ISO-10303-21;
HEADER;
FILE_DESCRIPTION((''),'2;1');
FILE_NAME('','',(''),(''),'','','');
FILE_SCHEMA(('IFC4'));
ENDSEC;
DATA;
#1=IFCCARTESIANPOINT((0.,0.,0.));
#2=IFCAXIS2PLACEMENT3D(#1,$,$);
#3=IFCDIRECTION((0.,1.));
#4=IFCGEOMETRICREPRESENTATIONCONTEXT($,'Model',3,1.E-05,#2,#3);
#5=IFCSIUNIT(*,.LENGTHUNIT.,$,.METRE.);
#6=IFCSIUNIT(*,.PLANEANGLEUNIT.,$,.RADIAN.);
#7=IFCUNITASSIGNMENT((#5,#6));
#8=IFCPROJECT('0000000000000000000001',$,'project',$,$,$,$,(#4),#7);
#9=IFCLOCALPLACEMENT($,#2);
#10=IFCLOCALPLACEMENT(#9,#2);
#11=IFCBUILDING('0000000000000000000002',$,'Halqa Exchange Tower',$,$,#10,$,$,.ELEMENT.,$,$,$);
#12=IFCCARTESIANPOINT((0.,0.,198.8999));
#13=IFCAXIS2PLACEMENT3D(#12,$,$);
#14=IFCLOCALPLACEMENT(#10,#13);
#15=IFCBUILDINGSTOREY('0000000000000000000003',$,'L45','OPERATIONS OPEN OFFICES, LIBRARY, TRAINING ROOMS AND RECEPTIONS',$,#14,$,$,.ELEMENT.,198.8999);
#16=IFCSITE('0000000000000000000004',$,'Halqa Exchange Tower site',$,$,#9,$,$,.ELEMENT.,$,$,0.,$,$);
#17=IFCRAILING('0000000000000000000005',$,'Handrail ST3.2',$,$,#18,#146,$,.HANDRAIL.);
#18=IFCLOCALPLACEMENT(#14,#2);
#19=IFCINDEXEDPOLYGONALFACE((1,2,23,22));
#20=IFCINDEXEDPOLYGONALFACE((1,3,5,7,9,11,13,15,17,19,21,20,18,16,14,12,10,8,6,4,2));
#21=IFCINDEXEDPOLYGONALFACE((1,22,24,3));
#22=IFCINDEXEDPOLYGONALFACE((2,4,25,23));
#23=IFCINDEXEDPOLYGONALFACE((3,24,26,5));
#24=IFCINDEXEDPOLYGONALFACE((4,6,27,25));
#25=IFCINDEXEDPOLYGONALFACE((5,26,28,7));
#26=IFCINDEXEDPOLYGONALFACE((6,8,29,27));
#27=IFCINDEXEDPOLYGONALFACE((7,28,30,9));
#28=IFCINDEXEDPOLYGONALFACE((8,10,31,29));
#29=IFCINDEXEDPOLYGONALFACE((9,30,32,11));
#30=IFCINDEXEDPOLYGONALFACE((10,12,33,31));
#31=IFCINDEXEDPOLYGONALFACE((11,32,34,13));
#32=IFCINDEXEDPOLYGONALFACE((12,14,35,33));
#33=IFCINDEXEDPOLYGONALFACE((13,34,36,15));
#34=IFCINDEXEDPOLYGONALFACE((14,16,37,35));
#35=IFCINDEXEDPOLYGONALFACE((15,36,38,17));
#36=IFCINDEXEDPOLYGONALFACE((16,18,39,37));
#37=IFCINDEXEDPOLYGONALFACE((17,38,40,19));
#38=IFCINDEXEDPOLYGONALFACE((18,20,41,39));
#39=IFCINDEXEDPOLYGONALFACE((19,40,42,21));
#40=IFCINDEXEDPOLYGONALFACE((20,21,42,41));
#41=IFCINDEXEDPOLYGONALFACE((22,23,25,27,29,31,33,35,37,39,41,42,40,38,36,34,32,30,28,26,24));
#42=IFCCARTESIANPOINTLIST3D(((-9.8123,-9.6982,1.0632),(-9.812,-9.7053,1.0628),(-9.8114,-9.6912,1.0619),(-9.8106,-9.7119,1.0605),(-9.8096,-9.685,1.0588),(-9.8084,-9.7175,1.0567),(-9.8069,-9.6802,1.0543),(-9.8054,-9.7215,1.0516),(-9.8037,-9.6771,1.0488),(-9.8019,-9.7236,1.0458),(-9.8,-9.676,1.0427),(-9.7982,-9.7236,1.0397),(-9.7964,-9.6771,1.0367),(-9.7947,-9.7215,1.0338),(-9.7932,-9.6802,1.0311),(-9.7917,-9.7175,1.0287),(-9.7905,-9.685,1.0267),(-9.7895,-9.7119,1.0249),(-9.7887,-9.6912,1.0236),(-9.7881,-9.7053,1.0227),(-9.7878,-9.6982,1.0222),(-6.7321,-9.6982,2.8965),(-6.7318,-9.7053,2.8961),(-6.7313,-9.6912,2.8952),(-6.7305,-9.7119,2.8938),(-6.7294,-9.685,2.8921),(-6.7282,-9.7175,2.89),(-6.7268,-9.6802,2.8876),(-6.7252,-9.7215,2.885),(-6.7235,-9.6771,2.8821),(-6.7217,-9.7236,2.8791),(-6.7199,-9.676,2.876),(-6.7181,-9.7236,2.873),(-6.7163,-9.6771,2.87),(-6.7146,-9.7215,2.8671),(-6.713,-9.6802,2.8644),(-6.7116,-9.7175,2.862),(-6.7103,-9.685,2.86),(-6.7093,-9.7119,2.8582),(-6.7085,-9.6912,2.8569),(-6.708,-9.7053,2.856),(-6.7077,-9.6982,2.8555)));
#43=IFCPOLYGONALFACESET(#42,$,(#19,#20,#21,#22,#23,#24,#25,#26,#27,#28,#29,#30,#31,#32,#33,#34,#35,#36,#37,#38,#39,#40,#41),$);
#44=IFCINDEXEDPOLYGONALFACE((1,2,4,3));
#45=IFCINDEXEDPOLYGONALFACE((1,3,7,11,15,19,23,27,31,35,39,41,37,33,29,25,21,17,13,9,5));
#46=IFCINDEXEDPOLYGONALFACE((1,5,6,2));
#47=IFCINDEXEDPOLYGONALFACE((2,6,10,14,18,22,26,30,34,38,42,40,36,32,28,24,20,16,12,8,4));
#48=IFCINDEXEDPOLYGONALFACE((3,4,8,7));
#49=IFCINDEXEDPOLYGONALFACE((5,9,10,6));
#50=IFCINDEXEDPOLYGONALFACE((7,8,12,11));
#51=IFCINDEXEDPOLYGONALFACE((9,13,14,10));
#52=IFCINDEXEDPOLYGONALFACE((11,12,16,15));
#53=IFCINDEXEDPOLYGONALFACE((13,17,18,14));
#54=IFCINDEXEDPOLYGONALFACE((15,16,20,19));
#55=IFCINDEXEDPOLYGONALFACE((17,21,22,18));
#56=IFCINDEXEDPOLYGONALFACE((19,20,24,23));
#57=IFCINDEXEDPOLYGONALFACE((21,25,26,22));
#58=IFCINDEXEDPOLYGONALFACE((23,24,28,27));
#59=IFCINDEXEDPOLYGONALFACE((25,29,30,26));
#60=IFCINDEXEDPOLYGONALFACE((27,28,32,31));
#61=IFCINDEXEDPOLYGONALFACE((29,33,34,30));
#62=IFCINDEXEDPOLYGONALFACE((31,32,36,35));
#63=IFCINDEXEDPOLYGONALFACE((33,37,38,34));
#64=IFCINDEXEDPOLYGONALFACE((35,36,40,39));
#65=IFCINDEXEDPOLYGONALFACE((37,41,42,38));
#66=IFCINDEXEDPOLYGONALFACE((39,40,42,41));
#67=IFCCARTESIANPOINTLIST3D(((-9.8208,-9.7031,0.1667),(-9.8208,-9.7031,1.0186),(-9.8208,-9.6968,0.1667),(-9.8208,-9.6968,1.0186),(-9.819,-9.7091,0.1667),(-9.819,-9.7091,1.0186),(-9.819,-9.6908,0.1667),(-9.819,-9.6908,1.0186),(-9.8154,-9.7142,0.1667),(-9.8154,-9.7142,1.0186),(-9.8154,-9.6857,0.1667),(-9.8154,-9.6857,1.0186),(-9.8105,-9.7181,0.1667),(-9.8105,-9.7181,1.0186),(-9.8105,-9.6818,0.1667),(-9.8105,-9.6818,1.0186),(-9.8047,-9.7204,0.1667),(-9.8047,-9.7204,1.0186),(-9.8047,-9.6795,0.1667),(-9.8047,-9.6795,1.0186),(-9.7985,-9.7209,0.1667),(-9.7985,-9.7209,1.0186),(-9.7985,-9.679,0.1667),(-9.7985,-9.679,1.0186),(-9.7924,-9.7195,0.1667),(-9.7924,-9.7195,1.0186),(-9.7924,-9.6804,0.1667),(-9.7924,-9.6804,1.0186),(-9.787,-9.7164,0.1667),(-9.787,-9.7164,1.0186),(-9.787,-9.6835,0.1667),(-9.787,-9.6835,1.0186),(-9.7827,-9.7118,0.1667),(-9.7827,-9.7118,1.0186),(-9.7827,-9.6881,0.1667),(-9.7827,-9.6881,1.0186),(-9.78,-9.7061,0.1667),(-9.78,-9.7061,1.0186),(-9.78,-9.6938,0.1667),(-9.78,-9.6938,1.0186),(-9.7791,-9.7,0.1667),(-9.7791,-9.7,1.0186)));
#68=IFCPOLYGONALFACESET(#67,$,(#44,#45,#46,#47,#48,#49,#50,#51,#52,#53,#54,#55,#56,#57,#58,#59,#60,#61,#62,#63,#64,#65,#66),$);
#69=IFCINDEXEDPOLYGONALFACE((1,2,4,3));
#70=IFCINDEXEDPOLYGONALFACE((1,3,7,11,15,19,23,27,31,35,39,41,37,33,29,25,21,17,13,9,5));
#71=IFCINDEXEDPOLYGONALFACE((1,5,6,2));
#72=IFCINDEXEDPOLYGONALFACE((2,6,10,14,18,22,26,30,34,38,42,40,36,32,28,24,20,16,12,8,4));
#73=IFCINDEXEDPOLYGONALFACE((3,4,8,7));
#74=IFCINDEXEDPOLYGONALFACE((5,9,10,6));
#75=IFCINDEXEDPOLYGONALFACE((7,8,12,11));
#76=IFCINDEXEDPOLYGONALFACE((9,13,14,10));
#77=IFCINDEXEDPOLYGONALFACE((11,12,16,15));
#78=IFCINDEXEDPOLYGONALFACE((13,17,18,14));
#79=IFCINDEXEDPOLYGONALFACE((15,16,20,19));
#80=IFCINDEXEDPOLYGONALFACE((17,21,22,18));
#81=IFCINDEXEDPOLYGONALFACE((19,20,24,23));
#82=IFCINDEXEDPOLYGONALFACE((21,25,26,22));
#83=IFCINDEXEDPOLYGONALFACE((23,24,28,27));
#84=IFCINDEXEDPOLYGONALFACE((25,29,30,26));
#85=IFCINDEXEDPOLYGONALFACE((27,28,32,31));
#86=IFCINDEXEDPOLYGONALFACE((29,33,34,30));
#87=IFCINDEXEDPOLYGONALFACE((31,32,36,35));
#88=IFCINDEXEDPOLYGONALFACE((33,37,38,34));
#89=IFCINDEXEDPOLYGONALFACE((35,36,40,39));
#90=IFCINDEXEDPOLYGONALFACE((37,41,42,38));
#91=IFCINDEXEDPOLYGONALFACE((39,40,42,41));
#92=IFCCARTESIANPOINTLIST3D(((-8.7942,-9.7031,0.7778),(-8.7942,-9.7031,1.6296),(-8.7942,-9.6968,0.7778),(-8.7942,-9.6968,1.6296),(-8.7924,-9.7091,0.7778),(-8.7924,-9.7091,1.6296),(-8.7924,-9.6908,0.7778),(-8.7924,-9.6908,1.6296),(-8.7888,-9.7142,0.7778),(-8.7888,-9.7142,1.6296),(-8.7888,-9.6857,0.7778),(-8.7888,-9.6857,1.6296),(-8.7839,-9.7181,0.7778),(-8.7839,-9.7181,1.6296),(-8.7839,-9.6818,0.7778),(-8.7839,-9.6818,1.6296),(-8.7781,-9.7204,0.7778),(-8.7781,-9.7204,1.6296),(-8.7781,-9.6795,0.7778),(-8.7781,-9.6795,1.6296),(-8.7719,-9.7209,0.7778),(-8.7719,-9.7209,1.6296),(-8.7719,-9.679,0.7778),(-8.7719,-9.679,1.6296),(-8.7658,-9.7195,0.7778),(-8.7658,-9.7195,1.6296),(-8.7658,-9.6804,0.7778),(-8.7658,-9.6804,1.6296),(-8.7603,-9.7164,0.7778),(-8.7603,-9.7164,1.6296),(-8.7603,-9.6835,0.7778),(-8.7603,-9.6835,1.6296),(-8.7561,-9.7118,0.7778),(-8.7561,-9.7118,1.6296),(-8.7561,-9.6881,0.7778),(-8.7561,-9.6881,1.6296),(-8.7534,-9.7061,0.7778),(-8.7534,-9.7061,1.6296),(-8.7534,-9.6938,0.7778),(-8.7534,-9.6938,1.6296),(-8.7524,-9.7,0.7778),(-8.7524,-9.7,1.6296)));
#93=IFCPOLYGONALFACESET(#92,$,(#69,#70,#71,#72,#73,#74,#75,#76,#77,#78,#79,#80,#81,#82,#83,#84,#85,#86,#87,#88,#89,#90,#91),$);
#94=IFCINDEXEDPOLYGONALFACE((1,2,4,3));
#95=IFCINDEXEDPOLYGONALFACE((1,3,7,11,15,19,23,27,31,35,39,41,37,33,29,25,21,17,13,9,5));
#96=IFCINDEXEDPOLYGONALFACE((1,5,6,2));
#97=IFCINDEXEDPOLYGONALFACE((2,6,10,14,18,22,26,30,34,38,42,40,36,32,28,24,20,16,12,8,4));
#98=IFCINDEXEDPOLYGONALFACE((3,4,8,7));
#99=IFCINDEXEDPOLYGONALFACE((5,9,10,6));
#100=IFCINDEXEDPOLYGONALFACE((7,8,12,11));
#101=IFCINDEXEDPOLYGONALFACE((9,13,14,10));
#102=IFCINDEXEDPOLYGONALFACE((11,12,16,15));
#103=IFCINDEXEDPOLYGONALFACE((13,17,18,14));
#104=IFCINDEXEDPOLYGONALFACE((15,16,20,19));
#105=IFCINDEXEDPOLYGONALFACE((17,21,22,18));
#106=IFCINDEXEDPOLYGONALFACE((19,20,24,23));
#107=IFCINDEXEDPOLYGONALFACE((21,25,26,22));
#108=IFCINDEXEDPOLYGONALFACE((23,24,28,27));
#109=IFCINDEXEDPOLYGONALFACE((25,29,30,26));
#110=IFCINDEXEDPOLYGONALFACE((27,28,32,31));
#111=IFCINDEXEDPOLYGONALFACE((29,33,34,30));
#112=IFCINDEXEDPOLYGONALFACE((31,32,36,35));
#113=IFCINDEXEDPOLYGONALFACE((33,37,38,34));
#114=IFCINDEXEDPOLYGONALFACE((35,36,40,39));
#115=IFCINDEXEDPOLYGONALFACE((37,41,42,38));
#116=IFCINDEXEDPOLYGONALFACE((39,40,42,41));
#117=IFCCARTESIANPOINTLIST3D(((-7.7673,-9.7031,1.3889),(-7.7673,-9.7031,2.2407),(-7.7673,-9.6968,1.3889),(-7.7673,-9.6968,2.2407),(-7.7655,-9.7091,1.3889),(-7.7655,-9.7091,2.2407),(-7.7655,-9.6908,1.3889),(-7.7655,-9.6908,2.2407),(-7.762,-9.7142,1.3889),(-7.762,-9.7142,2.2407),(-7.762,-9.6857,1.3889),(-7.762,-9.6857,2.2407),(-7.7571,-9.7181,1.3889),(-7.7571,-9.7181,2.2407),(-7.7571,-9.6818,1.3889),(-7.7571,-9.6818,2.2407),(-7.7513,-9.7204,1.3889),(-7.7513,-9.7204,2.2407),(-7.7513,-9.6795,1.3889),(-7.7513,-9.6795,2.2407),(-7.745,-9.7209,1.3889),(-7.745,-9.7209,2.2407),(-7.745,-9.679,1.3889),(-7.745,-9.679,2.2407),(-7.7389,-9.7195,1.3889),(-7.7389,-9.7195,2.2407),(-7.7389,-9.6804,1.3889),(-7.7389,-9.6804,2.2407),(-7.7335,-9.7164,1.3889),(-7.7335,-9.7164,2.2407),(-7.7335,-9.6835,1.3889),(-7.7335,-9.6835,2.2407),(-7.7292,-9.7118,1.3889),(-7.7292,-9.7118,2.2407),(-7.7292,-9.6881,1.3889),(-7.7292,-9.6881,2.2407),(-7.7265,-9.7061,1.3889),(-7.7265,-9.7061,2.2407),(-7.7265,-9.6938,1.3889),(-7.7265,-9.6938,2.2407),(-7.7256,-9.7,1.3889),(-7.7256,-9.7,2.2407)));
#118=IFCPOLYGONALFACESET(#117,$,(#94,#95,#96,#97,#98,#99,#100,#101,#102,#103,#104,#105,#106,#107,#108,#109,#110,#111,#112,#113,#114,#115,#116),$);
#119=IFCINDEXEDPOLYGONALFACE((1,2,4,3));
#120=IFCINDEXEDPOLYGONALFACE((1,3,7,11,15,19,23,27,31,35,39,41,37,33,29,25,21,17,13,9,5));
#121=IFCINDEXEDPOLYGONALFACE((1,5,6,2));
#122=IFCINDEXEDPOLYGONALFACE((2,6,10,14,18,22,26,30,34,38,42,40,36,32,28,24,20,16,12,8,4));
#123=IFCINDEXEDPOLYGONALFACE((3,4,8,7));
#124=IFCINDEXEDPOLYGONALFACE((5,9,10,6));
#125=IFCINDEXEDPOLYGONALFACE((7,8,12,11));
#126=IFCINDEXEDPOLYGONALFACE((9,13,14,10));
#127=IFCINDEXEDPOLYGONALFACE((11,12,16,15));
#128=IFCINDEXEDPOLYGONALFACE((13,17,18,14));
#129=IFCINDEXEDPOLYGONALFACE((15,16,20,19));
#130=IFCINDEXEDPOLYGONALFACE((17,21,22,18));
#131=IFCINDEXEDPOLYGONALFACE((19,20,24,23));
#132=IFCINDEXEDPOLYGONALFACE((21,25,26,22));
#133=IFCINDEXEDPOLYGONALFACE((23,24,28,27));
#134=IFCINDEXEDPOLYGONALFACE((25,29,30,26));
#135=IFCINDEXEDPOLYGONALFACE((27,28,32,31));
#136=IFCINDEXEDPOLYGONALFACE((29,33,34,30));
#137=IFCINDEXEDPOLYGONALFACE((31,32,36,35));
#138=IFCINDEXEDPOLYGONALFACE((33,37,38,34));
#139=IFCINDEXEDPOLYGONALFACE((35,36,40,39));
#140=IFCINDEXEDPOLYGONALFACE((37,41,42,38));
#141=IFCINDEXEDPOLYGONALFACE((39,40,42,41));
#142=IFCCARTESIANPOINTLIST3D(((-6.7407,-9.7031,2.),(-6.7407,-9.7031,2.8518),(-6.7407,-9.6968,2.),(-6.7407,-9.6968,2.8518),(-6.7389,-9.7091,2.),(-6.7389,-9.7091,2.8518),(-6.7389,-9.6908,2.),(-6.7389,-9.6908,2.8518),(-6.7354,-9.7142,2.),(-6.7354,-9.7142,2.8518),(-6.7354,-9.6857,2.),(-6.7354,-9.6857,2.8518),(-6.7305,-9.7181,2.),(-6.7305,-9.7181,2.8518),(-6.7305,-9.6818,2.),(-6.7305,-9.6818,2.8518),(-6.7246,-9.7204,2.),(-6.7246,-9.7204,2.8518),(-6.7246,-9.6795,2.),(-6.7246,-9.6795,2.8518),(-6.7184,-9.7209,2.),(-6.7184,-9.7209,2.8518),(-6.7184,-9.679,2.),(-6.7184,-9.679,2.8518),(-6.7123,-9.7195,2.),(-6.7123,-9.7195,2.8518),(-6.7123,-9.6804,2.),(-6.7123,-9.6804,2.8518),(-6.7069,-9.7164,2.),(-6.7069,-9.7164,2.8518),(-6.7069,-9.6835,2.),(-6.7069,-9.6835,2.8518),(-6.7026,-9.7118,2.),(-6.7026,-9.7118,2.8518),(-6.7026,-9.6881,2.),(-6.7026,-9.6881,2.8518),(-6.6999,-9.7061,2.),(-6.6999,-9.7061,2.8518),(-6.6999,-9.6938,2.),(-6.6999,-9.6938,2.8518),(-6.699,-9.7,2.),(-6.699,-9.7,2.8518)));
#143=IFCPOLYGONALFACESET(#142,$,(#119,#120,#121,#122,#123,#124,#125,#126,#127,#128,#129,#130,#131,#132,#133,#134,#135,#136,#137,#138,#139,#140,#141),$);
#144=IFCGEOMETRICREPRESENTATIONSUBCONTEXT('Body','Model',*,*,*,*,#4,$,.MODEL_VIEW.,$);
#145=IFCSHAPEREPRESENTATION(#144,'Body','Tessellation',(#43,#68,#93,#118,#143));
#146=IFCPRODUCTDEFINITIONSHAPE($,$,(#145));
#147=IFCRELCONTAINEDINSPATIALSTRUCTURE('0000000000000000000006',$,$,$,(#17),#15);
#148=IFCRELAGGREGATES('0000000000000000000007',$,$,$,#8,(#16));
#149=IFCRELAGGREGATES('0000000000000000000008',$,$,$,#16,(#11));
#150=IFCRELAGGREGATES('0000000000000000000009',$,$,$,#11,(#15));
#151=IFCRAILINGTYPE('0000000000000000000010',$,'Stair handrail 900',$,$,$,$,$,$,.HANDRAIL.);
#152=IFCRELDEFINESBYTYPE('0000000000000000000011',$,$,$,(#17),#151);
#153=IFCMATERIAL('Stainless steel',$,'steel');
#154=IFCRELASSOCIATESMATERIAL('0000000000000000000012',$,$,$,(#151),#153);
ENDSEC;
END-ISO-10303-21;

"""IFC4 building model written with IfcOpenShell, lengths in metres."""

from ifc_helpers import new_model, si_unit, direction, frame, origin, origin_2d, place, context, subcontext, project, spatial, circle, extrude, material, type_object, element, save


model = new_model("IFC4")

# Units and contexts
model_context = context("Model", 3, precision=1e-05, world=origin(), true_north=direction((0.0, 1.0)))
body_context = subcontext(model_context, "Body", "Model", "MODEL_VIEW")
ifc_project = project(units=[si_unit("LENGTHUNIT", "METRE"), si_unit("PLANEANGLEUNIT", "RADIAN")], contexts=[model_context])

# Site, building, storey
site_placement = place(None, origin())
site = spatial("IfcSite", under=ifc_project, at=site_placement, Name="Halqa Exchange Tower site", CompositionType="ELEMENT", RefElevation=0.0)
building_placement = place(site_placement, origin())
building = spatial("IfcBuilding", under=site, at=building_placement, Name="Halqa Exchange Tower", CompositionType="ELEMENT")
storey_placement = place(building_placement, frame((0.0, 0.0, 198.8999)))
storey = spatial("IfcBuildingStorey", under=building, at=storey_placement, Name="L45", Description="OPERATIONS OPEN OFFICES, LIBRARY, TRAINING ROOMS AND RECEPTIONS", CompositionType="ELEMENT", Elevation=198.8999)

# Shared definitions
ifc_material_1 = material(Name="Stainless steel", Category="steel")

# Railing
railing_type_1 = type_object("IfcRailingType", Name="Stair handrail 900", PredefinedType="HANDRAIL", material=ifc_material_1)
railing_1_placement = place(storey_placement, frame((-9.8, -9.7, 0.1667)))
element("IfcRailing", 1, at=railing_1_placement, inside=storey, type_object=railing_type_1, Name="Handrail ST3.2", PredefinedType="HANDRAIL", context=body_context, shape_type="SweptSolid", body=[
    extrude(circle(Radius=0.0239, at=origin_2d()), frame((0.0, 0.0, 0.876), z_axis=(0.859309, 0.0, 0.511458), x_axis=(0.0, 1.0, 0.0)), (0.0, 0.0, 1.0), 3.5845),
    extrude(circle(Radius=0.021, at=origin_2d()), origin(), (0.0, 0.0, 1.0), 0.8518),
    extrude(circle(Radius=0.021, at=origin_2d()), frame((1.0266, 0.0, 0.6111)), (0.0, 0.0, 1.0), 0.8518),
    extrude(circle(Radius=0.021, at=origin_2d()), frame((2.0535, 0.0, 1.2222)), (0.0, 0.0, 1.0), 0.8518),
    extrude(circle(Radius=0.021, at=origin_2d()), frame((3.0801, 0.0, 1.8333)), (0.0, 0.0, 1.0), 0.8518),
])

save(model, "model.ifc")
